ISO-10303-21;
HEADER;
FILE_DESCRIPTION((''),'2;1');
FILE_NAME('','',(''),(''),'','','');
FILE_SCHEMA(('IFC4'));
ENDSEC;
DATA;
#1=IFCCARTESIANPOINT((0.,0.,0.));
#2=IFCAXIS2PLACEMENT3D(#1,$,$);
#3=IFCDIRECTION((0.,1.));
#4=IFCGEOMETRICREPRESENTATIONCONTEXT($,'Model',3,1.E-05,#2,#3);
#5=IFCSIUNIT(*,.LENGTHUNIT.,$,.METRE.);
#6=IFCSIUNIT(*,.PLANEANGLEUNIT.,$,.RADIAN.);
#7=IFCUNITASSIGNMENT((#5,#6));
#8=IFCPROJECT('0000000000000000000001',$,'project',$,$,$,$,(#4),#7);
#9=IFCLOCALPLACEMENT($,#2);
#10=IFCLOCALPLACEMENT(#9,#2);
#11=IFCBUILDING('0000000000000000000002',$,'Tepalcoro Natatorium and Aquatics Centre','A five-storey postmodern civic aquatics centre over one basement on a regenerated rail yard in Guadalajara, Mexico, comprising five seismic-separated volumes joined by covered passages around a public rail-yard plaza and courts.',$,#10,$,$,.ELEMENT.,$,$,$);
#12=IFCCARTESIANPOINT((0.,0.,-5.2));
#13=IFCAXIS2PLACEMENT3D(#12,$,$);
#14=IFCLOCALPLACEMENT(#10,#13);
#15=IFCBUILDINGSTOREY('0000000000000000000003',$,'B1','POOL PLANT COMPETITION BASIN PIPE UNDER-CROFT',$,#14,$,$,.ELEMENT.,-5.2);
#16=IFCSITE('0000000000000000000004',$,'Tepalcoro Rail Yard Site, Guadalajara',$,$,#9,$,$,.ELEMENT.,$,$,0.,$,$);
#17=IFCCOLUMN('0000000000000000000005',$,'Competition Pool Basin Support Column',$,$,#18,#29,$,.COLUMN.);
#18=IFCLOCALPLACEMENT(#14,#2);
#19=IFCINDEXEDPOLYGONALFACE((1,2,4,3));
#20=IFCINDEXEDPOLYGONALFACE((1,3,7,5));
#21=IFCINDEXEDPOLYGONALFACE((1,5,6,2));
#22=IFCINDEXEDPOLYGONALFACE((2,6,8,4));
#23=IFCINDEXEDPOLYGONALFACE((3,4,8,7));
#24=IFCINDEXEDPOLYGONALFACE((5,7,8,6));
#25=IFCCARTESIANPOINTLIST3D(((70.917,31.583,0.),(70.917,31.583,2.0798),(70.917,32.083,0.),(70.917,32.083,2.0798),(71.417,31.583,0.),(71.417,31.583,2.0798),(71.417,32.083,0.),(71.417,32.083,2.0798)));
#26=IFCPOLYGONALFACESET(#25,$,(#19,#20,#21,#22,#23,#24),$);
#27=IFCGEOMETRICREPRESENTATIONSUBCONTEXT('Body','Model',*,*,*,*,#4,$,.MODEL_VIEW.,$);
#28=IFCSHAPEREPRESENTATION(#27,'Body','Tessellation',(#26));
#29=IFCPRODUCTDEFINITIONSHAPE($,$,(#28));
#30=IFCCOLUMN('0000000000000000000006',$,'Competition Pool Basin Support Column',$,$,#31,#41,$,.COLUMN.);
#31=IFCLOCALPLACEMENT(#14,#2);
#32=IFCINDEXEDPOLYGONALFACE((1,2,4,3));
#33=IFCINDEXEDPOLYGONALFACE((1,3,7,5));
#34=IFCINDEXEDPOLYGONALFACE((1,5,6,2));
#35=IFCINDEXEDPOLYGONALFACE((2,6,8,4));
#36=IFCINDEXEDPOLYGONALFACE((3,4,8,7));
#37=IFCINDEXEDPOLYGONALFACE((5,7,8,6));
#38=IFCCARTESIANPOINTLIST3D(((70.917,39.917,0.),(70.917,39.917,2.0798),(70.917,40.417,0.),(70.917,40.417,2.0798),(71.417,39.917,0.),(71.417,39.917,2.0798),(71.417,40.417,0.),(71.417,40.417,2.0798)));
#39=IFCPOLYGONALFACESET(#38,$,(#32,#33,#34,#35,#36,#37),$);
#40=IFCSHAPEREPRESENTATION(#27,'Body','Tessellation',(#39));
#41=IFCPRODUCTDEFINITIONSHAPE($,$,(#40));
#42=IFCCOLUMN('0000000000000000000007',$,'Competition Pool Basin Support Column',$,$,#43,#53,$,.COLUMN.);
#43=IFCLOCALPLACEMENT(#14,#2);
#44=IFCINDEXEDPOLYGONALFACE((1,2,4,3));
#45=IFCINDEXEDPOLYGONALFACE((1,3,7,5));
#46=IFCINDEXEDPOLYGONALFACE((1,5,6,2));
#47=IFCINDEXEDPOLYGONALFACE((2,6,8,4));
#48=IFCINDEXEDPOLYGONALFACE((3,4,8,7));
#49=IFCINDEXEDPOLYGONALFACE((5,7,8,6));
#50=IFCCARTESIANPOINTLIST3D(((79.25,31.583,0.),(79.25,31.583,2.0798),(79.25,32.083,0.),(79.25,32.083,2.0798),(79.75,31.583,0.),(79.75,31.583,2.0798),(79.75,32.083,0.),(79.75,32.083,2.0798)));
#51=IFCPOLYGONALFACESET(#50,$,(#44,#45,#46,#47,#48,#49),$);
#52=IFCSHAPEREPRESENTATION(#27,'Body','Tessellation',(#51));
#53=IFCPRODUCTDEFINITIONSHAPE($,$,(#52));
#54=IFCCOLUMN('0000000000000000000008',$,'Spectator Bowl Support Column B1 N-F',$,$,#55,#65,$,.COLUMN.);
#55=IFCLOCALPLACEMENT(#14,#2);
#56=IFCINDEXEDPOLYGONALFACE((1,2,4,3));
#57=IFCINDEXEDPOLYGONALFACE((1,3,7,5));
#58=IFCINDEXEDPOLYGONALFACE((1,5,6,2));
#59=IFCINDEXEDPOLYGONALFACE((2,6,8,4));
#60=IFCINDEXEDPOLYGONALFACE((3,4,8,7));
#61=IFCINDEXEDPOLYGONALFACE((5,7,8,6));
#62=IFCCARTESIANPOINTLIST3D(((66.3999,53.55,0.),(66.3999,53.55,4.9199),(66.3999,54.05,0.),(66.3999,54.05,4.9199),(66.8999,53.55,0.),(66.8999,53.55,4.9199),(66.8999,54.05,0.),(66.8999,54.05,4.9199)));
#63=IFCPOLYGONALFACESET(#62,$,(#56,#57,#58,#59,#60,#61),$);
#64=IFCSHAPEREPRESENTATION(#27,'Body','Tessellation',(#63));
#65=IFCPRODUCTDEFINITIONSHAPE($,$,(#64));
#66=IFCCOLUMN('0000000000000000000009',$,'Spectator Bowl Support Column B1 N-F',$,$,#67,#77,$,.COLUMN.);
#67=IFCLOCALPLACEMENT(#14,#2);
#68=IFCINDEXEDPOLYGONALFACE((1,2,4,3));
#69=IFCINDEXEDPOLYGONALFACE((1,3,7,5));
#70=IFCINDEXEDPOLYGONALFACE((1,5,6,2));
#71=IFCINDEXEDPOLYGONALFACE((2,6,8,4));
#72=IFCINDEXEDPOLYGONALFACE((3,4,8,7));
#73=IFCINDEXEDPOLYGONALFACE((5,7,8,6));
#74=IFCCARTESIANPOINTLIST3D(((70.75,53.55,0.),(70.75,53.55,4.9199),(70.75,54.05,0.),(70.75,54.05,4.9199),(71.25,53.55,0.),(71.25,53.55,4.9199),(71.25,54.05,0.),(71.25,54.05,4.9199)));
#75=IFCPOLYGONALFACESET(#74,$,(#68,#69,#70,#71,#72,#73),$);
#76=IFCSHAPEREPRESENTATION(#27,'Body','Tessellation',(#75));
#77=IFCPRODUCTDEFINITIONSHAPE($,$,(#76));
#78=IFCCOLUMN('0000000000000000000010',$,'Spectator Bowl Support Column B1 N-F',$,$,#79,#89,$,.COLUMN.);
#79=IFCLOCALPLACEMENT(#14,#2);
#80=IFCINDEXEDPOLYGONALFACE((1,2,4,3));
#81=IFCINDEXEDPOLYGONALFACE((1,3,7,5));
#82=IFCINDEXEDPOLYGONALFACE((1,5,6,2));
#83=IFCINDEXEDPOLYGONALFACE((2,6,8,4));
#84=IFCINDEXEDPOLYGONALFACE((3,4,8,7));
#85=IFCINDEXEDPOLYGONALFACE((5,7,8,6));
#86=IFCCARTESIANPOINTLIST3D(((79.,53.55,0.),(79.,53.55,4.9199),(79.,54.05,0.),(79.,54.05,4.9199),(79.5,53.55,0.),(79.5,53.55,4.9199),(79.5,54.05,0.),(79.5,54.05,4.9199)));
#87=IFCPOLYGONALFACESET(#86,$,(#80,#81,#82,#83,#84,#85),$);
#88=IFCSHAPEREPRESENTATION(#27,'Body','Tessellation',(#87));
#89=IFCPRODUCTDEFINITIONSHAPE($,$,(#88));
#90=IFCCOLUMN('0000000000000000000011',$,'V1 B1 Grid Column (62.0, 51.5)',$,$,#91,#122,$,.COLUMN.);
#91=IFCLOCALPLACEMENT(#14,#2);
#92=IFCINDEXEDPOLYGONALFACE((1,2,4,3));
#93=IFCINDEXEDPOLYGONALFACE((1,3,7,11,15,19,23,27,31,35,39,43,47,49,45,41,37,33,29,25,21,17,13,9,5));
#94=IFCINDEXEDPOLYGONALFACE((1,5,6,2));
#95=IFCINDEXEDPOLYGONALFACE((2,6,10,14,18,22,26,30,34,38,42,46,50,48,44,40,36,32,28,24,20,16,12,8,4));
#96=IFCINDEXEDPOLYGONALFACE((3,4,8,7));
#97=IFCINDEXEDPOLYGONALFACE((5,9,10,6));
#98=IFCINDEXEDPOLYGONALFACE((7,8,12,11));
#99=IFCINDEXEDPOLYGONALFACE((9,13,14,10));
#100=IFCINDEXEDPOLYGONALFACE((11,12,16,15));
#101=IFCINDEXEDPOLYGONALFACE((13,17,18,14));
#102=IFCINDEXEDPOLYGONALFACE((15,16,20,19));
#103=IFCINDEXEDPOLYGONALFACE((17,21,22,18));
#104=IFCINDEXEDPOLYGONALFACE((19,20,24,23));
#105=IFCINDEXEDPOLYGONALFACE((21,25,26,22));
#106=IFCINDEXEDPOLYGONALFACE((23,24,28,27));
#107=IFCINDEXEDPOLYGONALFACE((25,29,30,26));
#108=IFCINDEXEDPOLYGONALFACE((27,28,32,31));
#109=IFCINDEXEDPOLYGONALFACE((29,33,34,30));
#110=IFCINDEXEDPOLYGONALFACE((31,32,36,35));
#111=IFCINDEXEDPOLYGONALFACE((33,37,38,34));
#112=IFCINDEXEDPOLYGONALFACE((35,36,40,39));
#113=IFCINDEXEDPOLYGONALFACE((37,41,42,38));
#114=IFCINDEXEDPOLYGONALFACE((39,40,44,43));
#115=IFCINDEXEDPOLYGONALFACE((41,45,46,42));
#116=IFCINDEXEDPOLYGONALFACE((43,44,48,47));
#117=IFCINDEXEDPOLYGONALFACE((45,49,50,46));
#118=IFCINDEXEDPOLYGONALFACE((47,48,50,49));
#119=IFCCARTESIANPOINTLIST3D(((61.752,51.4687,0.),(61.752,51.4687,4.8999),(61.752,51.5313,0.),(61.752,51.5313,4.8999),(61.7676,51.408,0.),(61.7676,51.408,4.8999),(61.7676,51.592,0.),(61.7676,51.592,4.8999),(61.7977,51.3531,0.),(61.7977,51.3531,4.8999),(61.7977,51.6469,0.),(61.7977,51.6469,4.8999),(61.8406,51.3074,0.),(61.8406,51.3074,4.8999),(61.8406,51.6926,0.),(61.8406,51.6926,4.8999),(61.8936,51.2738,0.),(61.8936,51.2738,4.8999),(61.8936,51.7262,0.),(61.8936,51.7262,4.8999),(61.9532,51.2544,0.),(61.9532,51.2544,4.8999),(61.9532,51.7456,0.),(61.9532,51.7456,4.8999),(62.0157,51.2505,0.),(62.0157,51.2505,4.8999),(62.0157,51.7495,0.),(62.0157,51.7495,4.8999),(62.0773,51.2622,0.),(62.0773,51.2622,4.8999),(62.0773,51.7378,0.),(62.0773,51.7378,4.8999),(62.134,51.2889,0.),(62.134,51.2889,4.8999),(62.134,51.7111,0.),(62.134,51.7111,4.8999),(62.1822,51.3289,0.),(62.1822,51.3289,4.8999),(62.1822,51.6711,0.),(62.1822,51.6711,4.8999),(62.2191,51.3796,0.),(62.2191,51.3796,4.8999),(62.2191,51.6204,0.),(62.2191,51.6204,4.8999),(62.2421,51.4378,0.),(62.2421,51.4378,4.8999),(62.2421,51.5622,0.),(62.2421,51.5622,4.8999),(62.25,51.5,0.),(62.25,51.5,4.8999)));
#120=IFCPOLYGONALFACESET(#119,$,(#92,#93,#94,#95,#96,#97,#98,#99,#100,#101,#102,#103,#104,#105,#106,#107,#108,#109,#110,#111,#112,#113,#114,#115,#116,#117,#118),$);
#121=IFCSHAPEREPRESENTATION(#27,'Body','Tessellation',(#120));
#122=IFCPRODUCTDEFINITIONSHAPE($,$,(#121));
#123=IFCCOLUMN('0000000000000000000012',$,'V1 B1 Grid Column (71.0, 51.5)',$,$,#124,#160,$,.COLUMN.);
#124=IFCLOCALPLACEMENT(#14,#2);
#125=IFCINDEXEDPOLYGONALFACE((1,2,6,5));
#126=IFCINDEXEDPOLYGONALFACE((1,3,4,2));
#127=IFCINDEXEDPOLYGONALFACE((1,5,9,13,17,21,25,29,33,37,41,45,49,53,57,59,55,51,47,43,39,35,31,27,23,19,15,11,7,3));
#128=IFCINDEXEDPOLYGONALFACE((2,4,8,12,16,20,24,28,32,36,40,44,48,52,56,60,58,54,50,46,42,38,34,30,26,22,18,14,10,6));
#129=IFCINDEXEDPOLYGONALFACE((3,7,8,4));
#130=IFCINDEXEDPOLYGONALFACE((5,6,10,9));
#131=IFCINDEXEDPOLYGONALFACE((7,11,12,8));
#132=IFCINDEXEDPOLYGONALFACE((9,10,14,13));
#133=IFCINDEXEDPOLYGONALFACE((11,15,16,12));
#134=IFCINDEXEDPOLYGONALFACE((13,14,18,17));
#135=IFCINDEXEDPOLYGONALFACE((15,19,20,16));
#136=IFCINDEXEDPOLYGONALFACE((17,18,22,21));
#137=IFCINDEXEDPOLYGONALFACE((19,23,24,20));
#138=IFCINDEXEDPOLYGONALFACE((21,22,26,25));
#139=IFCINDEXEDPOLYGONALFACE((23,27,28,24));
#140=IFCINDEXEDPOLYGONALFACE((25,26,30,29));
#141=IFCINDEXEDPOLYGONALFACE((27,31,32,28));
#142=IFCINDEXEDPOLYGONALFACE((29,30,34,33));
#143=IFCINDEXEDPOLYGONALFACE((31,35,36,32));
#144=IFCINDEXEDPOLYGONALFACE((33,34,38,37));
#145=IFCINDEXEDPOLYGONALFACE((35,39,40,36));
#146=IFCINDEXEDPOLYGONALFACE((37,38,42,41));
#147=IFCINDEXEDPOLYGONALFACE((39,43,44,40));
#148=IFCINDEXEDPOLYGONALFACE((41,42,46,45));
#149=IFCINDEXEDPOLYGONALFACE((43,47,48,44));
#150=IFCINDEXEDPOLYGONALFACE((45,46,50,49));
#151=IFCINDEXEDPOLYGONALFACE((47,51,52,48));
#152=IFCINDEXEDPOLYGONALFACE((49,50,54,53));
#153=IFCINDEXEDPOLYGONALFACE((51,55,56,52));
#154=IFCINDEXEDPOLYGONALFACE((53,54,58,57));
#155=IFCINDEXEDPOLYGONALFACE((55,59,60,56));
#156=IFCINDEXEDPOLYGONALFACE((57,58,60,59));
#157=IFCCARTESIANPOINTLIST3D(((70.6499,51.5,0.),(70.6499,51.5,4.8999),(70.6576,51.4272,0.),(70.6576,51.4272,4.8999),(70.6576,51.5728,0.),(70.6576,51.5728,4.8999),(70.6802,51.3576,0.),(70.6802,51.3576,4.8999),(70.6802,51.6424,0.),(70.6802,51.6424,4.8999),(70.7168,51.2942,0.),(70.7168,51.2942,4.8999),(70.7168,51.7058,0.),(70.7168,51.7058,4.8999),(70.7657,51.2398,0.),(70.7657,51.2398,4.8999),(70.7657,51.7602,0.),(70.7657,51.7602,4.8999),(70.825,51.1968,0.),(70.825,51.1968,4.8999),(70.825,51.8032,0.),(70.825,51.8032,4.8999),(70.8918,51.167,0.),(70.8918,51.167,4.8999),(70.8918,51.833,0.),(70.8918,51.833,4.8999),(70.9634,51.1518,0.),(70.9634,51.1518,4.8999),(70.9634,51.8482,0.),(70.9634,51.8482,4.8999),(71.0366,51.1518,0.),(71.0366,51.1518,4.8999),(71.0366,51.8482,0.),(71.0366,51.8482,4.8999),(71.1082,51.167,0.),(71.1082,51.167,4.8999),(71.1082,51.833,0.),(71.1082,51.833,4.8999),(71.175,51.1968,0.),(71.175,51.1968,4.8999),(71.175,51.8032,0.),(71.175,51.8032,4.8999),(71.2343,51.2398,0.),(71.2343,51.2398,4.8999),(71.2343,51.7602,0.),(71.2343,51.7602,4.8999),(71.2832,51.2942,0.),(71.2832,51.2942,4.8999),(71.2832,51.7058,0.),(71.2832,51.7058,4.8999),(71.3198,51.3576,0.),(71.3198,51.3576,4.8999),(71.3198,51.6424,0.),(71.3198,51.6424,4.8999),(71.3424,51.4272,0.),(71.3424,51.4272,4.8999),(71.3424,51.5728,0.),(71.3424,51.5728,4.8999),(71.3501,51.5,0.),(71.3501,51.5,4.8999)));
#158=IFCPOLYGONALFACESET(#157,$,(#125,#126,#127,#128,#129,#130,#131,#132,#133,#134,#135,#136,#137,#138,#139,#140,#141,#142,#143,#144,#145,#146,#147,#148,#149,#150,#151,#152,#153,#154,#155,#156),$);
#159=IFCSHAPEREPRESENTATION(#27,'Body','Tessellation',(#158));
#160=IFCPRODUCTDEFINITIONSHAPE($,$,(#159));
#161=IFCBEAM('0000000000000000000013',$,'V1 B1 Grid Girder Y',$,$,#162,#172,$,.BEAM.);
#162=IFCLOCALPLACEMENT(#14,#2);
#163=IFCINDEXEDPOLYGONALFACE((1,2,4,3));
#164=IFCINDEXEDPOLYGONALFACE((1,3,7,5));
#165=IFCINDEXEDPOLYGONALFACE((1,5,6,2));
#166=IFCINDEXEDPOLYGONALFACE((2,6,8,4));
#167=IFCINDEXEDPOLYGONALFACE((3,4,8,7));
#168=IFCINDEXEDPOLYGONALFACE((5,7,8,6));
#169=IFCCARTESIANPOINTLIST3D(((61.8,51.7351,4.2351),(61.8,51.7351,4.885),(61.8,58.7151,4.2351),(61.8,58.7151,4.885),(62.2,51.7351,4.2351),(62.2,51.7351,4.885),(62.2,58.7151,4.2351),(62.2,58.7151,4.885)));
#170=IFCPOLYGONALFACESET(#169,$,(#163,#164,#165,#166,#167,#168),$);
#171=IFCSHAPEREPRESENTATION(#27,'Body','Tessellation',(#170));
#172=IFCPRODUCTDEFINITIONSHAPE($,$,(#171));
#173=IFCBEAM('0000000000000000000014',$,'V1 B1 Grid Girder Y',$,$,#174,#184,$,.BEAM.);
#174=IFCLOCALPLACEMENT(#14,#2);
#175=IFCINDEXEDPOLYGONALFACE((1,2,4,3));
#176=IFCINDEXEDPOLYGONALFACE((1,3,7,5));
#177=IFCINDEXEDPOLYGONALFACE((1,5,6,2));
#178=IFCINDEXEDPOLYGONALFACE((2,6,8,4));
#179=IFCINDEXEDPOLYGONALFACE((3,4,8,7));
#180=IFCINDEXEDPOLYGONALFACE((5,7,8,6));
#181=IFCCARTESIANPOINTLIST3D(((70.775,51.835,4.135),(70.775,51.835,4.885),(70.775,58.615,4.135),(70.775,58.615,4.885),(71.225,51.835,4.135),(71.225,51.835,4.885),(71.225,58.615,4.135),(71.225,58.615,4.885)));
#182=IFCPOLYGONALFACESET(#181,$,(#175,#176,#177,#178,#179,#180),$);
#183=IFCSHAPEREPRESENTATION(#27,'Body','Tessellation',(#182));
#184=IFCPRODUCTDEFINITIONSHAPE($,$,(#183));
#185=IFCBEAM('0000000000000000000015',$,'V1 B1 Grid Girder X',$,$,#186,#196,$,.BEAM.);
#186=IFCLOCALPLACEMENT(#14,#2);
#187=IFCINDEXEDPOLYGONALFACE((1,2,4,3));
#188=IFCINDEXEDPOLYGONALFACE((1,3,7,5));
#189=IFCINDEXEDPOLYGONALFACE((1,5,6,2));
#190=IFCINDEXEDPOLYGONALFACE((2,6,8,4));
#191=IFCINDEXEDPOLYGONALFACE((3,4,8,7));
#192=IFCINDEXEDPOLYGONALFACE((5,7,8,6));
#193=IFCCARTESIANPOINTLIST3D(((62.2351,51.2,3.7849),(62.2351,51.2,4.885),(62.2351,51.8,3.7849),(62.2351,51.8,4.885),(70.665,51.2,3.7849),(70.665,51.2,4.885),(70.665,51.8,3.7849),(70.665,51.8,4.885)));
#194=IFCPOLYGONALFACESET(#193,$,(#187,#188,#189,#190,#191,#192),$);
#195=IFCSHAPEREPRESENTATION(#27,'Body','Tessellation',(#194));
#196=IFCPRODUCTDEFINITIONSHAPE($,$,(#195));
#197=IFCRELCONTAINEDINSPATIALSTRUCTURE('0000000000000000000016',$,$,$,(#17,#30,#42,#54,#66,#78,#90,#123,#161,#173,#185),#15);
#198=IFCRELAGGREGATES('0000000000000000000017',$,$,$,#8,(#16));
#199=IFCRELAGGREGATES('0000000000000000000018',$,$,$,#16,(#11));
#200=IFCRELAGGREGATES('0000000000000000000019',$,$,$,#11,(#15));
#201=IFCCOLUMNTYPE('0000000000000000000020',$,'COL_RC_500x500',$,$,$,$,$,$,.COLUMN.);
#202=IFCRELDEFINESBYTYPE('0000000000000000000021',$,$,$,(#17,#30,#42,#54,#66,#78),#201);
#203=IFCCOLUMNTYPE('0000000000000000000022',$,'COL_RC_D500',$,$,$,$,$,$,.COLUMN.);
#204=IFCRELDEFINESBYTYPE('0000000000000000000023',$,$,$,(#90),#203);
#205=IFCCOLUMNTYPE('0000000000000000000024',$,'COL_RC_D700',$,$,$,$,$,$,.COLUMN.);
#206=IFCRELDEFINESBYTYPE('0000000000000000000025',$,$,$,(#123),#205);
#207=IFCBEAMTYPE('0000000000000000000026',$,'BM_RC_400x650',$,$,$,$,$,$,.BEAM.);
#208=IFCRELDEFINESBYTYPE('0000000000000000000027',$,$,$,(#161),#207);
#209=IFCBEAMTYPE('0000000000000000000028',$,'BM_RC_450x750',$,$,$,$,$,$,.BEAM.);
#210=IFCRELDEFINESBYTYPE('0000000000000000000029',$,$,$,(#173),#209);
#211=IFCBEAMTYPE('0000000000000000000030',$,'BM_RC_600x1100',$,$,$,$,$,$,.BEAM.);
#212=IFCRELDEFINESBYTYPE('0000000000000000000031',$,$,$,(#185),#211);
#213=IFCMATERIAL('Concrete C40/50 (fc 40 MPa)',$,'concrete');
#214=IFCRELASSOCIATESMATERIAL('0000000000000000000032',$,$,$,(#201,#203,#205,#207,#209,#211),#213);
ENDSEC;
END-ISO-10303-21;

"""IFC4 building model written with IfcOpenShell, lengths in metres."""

from ifc_helpers import new_model, si_unit, direction, frame, origin, origin_2d, place, context, subcontext, project, spatial, rectangle, circle, extrude, material, material_profile, profile_set, type_object, element, save


model = new_model("IFC4")

# Units and contexts
model_context = context("Model", 3, precision=1e-05, world=origin(), true_north=direction((0.0, 1.0)))
body_context = subcontext(model_context, "Body", "Model", "MODEL_VIEW")
ifc_project = project(units=[si_unit("LENGTHUNIT", "METRE"), si_unit("PLANEANGLEUNIT", "RADIAN")], contexts=[model_context])

# Site, building, storey
site_placement = place(None, origin())
site = spatial("IfcSite", under=ifc_project, at=site_placement, Name="Tepalcoro Rail Yard Site, Guadalajara", CompositionType="ELEMENT", RefElevation=0.0)
building_placement = place(site_placement, origin())
building = spatial("IfcBuilding", under=site, at=building_placement, Name="Tepalcoro Natatorium and Aquatics Centre", Description="A five-storey postmodern civic aquatics centre over one basement on a regenerated rail yard in Guadalajara, Mexico, comprising five seismic-separated volumes joined by covered passages around a public rail-yard plaza and courts.", CompositionType="ELEMENT")
storey_placement = place(building_placement, frame((0.0, 0.0, -5.2)))
storey = spatial("IfcBuildingStorey", under=building, at=storey_placement, Name="B1", Description="POOL PLANT COMPETITION BASIN PIPE UNDER-CROFT", CompositionType="ELEMENT", Elevation=-5.2)

# Shared definitions
ifc_material_1 = material(Name="Concrete C40/50 (fc 40 MPa)", Category="concrete")

# Columns
ifc_material_profile_1 = material_profile(ifc_material_1, rectangle(XDim=0.5, YDim=0.5, at=origin_2d()), Name="RC500x500")
ifc_profile_set_1 = profile_set([ifc_material_profile_1], Name="Concrete C40/50 (fc 40 MPa)")
column_type_1 = type_object("IfcColumnType", Name="COL_RC_500x500", PredefinedType="COLUMN", material=ifc_profile_set_1)
for number, where, z_axis, x_axis, name in (
    (1, (71.167, 31.833, 0.0), (0.0, 0.0, 1.0), (1.0, 0.0, 0.0), "Competition Pool Basin Support Column"),
    (2, (71.167, 40.167, 0.0), (0.0, 0.0, 1.0), (1.0, 0.0, 0.0), "Competition Pool Basin Support Column"),
    (3, (79.5, 31.833, 0.0), (0.0, 0.0, 1.0), (1.0, 0.0, 0.0), "Competition Pool Basin Support Column"),
):
    element("IfcColumn", number, at=place(storey_placement, frame(where, z_axis=z_axis, x_axis=x_axis)), inside=storey, type_object=column_type_1, Name=name, PredefinedType="COLUMN", context=body_context, shape_type="SweptSolid", body=[
        extrude(rectangle(XDim=0.5, YDim=0.5, at=origin_2d()), origin(), (0.0, 0.0, 1.0), 2.0798),
    ])
for number, where, z_axis, x_axis, name in (
    (4, (66.6499, 53.8, 0.0), (0.0, 0.0, 1.0), (1.0, 0.0, 0.0), "Spectator Bowl Support Column B1 N-F"),
    (5, (71.0, 53.8, 0.0), (0.0, 0.0, 1.0), (1.0, 0.0, 0.0), "Spectator Bowl Support Column B1 N-F"),
    (6, (79.25, 53.8, 0.0), (0.0, 0.0, 1.0), (1.0, 0.0, 0.0), "Spectator Bowl Support Column B1 N-F"),
):
    element("IfcColumn", number, at=place(storey_placement, frame(where, z_axis=z_axis, x_axis=x_axis)), inside=storey, type_object=column_type_1, Name=name, PredefinedType="COLUMN", context=body_context, shape_type="SweptSolid", body=[
        extrude(rectangle(XDim=0.5, YDim=0.5, at=origin_2d()), origin(), (0.0, 0.0, 1.0), 4.9199),
    ])
ifc_material_profile_2 = material_profile(ifc_material_1, circle(Radius=0.25, at=origin_2d()), Name="RCD500")
ifc_profile_set_2 = profile_set([ifc_material_profile_2], Name="Concrete C40/50 (fc 40 MPa)")
column_type_2 = type_object("IfcColumnType", Name="COL_RC_D500", PredefinedType="COLUMN", material=ifc_profile_set_2)
column_1_placement = place(storey_placement, frame((62.0, 51.5, 0.0), z_axis=(0.0, 0.0, 1.0), x_axis=(1.0, 0.0, 0.0)))
element("IfcColumn", 7, at=column_1_placement, inside=storey, type_object=column_type_2, Name="V1 B1 Grid Column (62.0, 51.5)", PredefinedType="COLUMN", context=body_context, shape_type="SweptSolid", body=[
    extrude(circle(Radius=0.25, at=origin_2d()), origin(), (0.0, 0.0, 1.0), 4.8999),
])
ifc_material_profile_3 = material_profile(ifc_material_1, circle(Radius=0.3501, at=origin_2d()), Name="RCD700")
ifc_profile_set_3 = profile_set([ifc_material_profile_3], Name="Concrete C40/50 (fc 40 MPa)")
column_type_3 = type_object("IfcColumnType", Name="COL_RC_D700", PredefinedType="COLUMN", material=ifc_profile_set_3)
column_2_placement = place(storey_placement, frame((71.0, 51.5, 0.0), z_axis=(0.0, 0.0, 1.0), x_axis=(1.0, 0.0, 0.0)))
element("IfcColumn", 8, at=column_2_placement, inside=storey, type_object=column_type_3, Name="V1 B1 Grid Column (71.0, 51.5)", PredefinedType="COLUMN", context=body_context, shape_type="SweptSolid", body=[
    extrude(circle(Radius=0.3501, at=origin_2d()), origin(), (0.0, 0.0, 1.0), 4.8999),
])

# Beams
ifc_material_profile_4 = material_profile(ifc_material_1, rectangle(XDim=0.3999, YDim=0.6499, at=origin_2d()), Name="RCB400x650")
ifc_profile_set_4 = profile_set([ifc_material_profile_4], Name="Concrete C40/50 (fc 40 MPa)")
beam_type_1 = type_object("IfcBeamType", Name="BM_RC_400x650", PredefinedType="BEAM", material=ifc_profile_set_4)
beam_1_placement = place(storey_placement, frame((62.0, 51.7351, 4.5601), z_axis=(0.0, 1.0, 0.0), x_axis=(-1.0, 0.0, 0.0)))
element("IfcBeam", 9, at=beam_1_placement, inside=storey, type_object=beam_type_1, Name="V1 B1 Grid Girder Y", PredefinedType="BEAM", context=body_context, shape_type="SweptSolid", body=[
    extrude(rectangle(XDim=0.3999, YDim=0.6499, at=origin_2d()), origin(), (0.0, 0.0, 1.0), 6.98),
])
ifc_material_profile_5 = material_profile(ifc_material_1, rectangle(XDim=0.45, YDim=0.75, at=origin_2d()), Name="RCB450x750")
ifc_profile_set_5 = profile_set([ifc_material_profile_5], Name="Concrete C40/50 (fc 40 MPa)")
beam_type_2 = type_object("IfcBeamType", Name="BM_RC_450x750", PredefinedType="BEAM", material=ifc_profile_set_5)
beam_2_placement = place(storey_placement, frame((71.0, 51.835, 4.51), z_axis=(0.0, 1.0, 0.0), x_axis=(-1.0, 0.0, 0.0)))
element("IfcBeam", 10, at=beam_2_placement, inside=storey, type_object=beam_type_2, Name="V1 B1 Grid Girder Y", PredefinedType="BEAM", context=body_context, shape_type="SweptSolid", body=[
    extrude(rectangle(XDim=0.45, YDim=0.75, at=origin_2d()), origin(), (0.0, 0.0, 1.0), 6.78),
])
ifc_material_profile_6 = material_profile(ifc_material_1, rectangle(XDim=0.6001, YDim=1.1001, at=origin_2d()), Name="RCB600x1100")
ifc_profile_set_6 = profile_set([ifc_material_profile_6], Name="Concrete C40/50 (fc 40 MPa)")
beam_type_3 = type_object("IfcBeamType", Name="BM_RC_600x1100", PredefinedType="BEAM", material=ifc_profile_set_6)
beam_3_placement = place(storey_placement, frame((62.2351, 51.5, 4.335), z_axis=(1.0, 0.0, 0.0), x_axis=(0.0, 1.0, 0.0)))
element("IfcBeam", 11, at=beam_3_placement, inside=storey, type_object=beam_type_3, Name="V1 B1 Grid Girder X", PredefinedType="BEAM", context=body_context, shape_type="SweptSolid", body=[
    extrude(rectangle(XDim=0.6001, YDim=1.1001, at=origin_2d()), origin(), (0.0, 0.0, 1.0), 8.4299),
])

save(model, "model.ifc")
